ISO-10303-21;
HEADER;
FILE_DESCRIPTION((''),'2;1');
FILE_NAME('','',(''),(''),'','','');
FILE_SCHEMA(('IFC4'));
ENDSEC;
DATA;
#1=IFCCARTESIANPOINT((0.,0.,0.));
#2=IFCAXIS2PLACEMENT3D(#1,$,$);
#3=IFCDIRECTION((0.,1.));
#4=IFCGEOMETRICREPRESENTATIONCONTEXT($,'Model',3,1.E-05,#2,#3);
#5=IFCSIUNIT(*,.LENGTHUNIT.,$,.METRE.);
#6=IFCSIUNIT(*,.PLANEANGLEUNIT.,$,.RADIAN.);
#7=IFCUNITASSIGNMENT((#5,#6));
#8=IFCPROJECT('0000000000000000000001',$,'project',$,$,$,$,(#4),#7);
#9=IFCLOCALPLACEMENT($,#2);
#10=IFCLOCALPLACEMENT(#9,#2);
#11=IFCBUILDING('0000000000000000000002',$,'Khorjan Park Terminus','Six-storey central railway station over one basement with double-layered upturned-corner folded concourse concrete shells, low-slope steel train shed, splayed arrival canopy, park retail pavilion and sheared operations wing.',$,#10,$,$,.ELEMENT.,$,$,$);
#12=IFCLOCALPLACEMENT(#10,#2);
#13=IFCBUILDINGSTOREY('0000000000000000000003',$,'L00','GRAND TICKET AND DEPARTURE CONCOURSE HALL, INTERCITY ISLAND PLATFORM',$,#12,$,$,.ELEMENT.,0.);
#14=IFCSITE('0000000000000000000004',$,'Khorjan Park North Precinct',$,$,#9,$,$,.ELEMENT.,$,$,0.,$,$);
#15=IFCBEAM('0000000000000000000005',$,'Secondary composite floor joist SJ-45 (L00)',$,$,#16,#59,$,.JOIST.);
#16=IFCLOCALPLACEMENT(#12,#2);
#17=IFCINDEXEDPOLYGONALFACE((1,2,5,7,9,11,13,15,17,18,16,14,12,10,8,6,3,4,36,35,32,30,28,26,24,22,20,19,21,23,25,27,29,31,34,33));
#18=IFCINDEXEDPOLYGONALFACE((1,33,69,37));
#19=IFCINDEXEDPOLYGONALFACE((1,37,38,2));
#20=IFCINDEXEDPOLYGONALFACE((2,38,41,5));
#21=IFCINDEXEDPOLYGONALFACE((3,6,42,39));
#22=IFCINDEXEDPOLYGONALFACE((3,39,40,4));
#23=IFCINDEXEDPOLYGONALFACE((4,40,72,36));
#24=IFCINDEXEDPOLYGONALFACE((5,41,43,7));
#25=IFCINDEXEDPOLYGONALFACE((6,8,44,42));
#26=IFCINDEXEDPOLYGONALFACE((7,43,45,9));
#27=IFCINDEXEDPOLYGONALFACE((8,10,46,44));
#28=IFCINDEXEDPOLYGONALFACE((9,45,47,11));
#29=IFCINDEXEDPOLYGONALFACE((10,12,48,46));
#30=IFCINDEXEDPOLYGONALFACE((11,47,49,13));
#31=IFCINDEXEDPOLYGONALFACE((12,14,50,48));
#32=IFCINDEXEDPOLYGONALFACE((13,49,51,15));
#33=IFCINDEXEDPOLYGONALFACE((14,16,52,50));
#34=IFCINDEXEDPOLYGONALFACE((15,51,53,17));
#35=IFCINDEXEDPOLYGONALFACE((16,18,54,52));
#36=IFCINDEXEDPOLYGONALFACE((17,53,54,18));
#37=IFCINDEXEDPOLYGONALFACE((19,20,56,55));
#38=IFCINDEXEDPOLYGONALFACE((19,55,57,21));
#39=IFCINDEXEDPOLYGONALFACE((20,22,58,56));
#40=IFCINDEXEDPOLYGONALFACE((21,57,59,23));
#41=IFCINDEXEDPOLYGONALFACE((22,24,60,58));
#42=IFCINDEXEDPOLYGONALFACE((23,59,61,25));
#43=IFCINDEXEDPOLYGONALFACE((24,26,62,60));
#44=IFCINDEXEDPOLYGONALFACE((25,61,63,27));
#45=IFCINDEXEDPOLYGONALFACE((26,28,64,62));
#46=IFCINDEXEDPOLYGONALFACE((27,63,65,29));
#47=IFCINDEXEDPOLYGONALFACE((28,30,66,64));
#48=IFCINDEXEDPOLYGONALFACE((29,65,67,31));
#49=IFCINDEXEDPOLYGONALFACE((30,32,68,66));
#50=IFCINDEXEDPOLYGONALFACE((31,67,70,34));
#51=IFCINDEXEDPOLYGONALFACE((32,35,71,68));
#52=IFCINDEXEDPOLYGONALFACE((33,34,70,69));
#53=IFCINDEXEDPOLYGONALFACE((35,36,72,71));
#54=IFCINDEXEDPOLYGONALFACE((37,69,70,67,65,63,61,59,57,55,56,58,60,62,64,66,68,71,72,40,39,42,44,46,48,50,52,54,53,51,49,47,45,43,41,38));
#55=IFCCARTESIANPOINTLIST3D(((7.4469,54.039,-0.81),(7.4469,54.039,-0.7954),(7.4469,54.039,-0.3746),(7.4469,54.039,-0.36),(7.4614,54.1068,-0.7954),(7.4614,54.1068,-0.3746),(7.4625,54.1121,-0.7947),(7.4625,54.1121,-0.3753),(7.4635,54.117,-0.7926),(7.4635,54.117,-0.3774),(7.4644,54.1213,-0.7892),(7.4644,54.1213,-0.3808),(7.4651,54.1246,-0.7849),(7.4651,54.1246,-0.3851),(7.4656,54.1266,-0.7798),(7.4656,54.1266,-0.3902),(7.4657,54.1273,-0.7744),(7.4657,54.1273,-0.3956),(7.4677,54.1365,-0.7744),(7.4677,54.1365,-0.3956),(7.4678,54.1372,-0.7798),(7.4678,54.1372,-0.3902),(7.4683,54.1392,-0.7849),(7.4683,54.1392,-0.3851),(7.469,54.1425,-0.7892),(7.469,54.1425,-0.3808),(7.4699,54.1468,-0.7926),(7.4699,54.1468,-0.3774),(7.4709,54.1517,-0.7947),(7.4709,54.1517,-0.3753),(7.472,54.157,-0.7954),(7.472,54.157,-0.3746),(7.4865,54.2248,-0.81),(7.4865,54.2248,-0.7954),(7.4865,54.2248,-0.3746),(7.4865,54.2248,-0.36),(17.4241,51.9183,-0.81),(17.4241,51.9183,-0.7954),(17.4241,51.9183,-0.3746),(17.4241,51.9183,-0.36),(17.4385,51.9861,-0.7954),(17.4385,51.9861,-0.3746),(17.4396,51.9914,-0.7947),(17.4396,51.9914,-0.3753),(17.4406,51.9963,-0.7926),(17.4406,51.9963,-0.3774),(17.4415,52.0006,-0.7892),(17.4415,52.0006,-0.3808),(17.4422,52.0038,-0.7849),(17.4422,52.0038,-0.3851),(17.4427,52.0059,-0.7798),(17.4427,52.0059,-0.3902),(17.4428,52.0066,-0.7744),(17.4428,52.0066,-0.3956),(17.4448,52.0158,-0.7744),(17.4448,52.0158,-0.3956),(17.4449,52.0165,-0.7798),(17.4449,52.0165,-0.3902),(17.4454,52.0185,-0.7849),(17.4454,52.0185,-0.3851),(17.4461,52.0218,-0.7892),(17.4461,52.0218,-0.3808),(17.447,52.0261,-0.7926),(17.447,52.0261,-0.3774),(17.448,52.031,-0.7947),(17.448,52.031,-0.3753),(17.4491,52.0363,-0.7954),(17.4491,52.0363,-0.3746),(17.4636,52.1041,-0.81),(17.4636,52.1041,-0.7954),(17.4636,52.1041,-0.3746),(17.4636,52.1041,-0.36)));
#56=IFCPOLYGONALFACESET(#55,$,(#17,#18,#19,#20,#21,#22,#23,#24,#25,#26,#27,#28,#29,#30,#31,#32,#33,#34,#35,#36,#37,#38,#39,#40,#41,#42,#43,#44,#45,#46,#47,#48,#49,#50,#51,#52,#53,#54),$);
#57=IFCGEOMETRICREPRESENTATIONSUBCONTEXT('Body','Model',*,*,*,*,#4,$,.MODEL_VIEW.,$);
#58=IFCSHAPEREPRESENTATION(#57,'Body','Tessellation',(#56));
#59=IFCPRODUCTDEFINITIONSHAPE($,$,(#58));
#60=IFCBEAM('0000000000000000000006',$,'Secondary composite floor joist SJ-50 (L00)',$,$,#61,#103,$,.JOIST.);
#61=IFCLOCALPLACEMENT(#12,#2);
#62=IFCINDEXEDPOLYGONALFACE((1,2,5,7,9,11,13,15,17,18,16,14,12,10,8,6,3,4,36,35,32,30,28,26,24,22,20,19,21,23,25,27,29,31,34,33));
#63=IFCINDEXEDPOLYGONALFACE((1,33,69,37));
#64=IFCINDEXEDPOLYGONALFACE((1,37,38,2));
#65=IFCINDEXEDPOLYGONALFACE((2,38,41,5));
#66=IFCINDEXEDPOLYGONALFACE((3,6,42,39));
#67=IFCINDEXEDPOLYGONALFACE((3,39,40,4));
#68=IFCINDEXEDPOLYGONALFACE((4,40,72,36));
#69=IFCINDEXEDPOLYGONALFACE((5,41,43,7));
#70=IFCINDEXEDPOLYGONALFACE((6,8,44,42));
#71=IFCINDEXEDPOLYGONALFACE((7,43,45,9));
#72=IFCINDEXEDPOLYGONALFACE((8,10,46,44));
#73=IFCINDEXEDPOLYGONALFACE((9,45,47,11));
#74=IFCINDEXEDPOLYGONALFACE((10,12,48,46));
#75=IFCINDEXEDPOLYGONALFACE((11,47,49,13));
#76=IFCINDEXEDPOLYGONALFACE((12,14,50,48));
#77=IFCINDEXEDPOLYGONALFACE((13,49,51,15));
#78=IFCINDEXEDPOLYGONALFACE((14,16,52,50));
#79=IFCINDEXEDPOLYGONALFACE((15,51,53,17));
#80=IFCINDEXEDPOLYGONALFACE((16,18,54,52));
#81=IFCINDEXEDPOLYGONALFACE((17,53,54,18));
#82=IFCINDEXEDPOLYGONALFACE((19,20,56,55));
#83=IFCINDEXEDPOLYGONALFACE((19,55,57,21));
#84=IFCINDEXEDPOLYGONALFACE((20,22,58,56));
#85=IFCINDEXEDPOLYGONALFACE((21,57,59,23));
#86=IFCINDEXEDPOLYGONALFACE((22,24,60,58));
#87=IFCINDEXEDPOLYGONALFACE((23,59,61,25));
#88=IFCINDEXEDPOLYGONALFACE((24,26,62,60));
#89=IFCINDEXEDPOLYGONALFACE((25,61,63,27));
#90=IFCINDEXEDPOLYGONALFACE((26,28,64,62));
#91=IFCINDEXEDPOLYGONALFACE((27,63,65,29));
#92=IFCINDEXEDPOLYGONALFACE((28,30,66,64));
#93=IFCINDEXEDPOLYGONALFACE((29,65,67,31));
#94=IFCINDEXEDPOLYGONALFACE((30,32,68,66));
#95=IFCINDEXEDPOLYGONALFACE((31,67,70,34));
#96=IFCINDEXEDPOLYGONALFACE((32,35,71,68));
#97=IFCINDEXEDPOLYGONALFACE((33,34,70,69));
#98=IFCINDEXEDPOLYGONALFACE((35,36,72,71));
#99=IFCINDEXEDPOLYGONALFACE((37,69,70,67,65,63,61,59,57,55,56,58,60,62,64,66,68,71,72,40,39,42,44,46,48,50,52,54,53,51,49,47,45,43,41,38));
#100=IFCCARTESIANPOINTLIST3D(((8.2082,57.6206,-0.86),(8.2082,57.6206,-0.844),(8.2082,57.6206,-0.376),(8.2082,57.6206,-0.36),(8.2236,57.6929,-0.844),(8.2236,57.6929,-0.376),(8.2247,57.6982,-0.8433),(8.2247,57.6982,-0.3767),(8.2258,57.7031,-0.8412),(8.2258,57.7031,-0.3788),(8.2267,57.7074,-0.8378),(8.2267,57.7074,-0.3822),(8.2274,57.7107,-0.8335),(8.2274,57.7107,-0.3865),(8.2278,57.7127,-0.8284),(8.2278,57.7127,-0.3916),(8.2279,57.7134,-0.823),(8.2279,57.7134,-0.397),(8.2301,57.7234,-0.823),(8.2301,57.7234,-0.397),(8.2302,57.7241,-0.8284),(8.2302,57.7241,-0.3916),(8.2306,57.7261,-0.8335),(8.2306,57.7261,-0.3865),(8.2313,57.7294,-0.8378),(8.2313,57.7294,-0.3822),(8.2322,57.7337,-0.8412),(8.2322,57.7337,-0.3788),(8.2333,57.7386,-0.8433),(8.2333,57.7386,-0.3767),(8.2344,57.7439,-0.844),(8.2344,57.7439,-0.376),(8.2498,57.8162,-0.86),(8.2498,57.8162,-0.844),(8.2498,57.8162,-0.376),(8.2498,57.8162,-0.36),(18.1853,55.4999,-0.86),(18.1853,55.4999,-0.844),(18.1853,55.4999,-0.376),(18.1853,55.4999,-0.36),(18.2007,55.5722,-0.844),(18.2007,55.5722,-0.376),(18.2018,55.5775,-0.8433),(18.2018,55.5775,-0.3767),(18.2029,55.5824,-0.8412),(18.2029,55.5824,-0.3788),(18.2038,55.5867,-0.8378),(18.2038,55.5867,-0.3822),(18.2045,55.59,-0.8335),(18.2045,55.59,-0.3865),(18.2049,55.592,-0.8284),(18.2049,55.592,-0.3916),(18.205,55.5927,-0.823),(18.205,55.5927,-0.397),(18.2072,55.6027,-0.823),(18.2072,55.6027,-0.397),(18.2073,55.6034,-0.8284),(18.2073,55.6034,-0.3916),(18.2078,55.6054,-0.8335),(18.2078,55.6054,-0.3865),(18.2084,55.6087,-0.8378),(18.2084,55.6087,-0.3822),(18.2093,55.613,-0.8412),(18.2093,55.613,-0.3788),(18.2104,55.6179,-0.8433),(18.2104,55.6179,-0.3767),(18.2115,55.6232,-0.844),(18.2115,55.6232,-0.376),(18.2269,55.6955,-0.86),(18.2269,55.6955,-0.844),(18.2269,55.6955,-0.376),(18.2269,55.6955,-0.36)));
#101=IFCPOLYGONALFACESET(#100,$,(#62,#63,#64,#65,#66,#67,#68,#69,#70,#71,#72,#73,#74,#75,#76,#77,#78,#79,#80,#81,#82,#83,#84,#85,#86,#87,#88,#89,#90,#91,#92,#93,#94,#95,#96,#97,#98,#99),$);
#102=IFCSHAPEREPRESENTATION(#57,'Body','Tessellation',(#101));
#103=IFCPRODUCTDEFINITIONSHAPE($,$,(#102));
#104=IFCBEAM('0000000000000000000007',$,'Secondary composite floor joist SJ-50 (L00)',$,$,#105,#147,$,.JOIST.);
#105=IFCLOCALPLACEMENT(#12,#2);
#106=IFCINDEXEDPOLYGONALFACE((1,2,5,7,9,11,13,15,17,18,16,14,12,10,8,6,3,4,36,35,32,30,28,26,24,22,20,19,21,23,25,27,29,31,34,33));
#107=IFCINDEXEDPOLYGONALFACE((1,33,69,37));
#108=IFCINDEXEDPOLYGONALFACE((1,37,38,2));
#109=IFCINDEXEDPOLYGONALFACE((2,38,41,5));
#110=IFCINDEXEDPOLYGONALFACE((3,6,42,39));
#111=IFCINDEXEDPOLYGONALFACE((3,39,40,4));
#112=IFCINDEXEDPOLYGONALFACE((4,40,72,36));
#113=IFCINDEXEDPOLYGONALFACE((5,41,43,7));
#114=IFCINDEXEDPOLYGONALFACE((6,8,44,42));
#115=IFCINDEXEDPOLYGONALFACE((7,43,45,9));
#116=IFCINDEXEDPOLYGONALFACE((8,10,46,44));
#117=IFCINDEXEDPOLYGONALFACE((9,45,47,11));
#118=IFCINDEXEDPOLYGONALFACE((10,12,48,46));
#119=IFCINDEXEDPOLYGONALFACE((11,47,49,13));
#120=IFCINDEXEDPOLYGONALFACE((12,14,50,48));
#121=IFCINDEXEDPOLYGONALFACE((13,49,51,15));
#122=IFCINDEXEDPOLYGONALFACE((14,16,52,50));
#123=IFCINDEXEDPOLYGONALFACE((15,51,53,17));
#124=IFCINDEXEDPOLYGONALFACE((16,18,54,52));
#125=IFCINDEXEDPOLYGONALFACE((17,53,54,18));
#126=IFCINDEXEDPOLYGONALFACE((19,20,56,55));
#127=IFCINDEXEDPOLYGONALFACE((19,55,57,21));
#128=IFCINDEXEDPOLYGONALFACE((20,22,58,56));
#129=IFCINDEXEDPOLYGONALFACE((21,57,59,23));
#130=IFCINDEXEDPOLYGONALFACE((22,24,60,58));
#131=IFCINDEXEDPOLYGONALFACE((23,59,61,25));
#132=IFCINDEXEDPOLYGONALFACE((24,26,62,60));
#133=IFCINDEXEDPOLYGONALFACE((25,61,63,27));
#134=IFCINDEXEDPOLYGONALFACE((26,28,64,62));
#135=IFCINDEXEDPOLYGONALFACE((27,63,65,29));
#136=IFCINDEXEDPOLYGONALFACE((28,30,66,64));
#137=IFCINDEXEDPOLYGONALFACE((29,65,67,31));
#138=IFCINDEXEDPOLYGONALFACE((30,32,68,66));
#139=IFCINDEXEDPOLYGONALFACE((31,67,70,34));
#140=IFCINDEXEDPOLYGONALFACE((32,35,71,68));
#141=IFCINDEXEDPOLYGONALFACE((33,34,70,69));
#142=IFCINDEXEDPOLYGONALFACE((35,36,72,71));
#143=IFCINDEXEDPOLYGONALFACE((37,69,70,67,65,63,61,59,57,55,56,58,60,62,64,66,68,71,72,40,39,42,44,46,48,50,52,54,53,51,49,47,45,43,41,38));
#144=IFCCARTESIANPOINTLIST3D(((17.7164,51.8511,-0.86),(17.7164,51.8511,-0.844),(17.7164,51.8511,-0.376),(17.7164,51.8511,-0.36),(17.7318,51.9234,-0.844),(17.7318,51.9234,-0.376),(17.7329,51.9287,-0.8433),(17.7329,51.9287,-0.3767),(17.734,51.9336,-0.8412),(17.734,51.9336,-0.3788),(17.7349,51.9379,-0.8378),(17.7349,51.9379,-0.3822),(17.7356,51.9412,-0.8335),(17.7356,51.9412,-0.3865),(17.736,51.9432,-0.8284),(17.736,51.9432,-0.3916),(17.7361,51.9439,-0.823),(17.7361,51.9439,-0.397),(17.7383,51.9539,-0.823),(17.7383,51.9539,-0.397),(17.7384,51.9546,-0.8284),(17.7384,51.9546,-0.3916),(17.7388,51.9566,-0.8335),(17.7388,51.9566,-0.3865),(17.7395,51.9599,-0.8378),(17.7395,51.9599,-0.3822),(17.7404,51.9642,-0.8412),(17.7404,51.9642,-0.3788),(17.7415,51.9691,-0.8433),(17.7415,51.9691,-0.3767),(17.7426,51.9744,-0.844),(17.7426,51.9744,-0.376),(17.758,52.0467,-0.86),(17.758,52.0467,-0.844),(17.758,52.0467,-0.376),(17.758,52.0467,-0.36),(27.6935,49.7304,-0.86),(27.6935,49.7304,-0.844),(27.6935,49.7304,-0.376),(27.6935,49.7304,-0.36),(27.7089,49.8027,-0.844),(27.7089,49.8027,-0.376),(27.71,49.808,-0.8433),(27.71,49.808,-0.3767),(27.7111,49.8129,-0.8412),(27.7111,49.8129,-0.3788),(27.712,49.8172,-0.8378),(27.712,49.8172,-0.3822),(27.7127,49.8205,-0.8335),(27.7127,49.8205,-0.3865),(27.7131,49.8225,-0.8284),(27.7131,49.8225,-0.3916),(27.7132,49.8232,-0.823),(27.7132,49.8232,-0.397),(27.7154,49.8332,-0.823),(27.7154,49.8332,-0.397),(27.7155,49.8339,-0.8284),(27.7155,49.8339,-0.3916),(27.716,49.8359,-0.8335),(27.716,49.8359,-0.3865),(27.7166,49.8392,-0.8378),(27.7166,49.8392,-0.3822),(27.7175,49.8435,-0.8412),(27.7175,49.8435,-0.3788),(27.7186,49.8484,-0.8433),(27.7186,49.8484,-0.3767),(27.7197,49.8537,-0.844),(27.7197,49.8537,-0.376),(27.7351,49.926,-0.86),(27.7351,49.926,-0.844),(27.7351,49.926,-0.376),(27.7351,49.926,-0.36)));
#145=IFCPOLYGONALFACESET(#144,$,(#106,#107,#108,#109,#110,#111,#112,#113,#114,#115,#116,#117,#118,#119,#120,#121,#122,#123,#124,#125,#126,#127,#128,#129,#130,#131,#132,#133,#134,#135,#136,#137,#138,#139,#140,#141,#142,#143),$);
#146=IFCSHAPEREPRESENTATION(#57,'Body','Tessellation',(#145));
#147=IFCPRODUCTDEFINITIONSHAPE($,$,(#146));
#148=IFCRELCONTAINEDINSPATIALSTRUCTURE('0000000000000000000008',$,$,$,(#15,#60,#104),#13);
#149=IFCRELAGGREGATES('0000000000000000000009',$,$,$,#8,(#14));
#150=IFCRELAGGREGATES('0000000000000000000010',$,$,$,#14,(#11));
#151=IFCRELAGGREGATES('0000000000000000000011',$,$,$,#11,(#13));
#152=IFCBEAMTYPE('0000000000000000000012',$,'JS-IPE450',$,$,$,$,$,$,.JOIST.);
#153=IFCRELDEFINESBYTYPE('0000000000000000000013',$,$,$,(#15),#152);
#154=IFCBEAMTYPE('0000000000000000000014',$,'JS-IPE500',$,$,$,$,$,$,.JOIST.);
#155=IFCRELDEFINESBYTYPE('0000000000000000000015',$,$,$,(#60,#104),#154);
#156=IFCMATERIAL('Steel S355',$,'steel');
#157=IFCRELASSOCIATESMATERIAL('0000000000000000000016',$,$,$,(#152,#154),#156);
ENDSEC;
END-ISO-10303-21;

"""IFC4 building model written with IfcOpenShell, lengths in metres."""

from ifc_helpers import new_model, si_unit, direction, frame, origin, origin_2d, place, context, subcontext, project, spatial, i_section, extrude, material, material_profile, profile_set, type_object, element, save


model = new_model("IFC4")

# Units and contexts
model_context = context("Model", 3, precision=1e-05, world=origin(), true_north=direction((0.0, 1.0)))
body_context = subcontext(model_context, "Body", "Model", "MODEL_VIEW")
ifc_project = project(units=[si_unit("LENGTHUNIT", "METRE"), si_unit("PLANEANGLEUNIT", "RADIAN")], contexts=[model_context])

# Site, building, storey
site_placement = place(None, origin())
site = spatial("IfcSite", under=ifc_project, at=site_placement, Name="Khorjan Park North Precinct", CompositionType="ELEMENT", RefElevation=0.0)
building_placement = place(site_placement, origin())
building = spatial("IfcBuilding", under=site, at=building_placement, Name="Khorjan Park Terminus", Description="Six-storey central railway station over one basement with double-layered upturned-corner folded concourse concrete shells, low-slope steel train shed, splayed arrival canopy, park retail pavilion and sheared operations wing.", CompositionType="ELEMENT")
storey_placement = place(building_placement, origin())
storey = spatial("IfcBuildingStorey", under=building, at=storey_placement, Name="L00", Description="GRAND TICKET AND DEPARTURE CONCOURSE HALL, INTERCITY ISLAND PLATFORM", CompositionType="ELEMENT", Elevation=0.0)

# Shared definitions
ifc_material_1 = material(Name="Steel S355", Category="steel")

# Beams
ifc_material_profile_1 = material_profile(ifc_material_1, i_section(OverallWidth=0.19, OverallDepth=0.45, WebThickness=0.0094, FlangeThickness=0.0146, FilletRadius=0.021, at=origin_2d()), Name="IPE 450")
ifc_profile_set_1 = profile_set([ifc_material_profile_1], Name="Steel S355")
beam_type_1 = type_object("IfcBeamType", Name="JS-IPE450", PredefinedType="JOIST", material=ifc_profile_set_1)
beam_1_placement = place(storey_placement, frame((7.4667, 54.1319, -0.585), z_axis=(0.978148, -0.207912, 0.0), x_axis=(0.207912, 0.978148, 0.0)))
element("IfcBeam", 1, at=beam_1_placement, inside=storey, type_object=beam_type_1, Name="Secondary composite floor joist SJ-45 (L00)", PredefinedType="JOIST", context=body_context, shape_type="SweptSolid", body=[
    extrude(i_section(OverallWidth=0.19, OverallDepth=0.45, WebThickness=0.0094, FlangeThickness=0.0146, FilletRadius=0.021, at=origin_2d()), origin(), (0.0, 0.0, 1.0), 10.2),
])
ifc_material_profile_2 = material_profile(ifc_material_1, i_section(OverallWidth=0.2, OverallDepth=0.5, WebThickness=0.0102, FlangeThickness=0.016, FilletRadius=0.021, at=origin_2d()), Name="IPE 500")
ifc_profile_set_2 = profile_set([ifc_material_profile_2], Name="Steel S355")
beam_type_2 = type_object("IfcBeamType", Name="JS-IPE500", PredefinedType="JOIST", material=ifc_profile_set_2)
for number, where, z_axis, x_axis, name in (
    (2, (8.229, 57.7184, -0.61), (0.978148, -0.207912, 0.0), (0.207912, 0.978148, 0.0), "Secondary composite floor joist SJ-50 (L00)"),
    (3, (17.7372, 51.9489, -0.61), (0.978148, -0.207912, 0.0), (0.207912, 0.978148, 0.0), "Secondary composite floor joist SJ-50 (L00)"),
):
    element("IfcBeam", number, at=place(storey_placement, frame(where, z_axis=z_axis, x_axis=x_axis)), inside=storey, type_object=beam_type_2, Name=name, PredefinedType="JOIST", context=body_context, shape_type="SweptSolid", body=[
        extrude(i_section(OverallWidth=0.2, OverallDepth=0.5, WebThickness=0.0102, FlangeThickness=0.016, FilletRadius=0.021, at=origin_2d()), origin(), (0.0, 0.0, 1.0), 10.2),
    ])

save(model, "model.ifc")
